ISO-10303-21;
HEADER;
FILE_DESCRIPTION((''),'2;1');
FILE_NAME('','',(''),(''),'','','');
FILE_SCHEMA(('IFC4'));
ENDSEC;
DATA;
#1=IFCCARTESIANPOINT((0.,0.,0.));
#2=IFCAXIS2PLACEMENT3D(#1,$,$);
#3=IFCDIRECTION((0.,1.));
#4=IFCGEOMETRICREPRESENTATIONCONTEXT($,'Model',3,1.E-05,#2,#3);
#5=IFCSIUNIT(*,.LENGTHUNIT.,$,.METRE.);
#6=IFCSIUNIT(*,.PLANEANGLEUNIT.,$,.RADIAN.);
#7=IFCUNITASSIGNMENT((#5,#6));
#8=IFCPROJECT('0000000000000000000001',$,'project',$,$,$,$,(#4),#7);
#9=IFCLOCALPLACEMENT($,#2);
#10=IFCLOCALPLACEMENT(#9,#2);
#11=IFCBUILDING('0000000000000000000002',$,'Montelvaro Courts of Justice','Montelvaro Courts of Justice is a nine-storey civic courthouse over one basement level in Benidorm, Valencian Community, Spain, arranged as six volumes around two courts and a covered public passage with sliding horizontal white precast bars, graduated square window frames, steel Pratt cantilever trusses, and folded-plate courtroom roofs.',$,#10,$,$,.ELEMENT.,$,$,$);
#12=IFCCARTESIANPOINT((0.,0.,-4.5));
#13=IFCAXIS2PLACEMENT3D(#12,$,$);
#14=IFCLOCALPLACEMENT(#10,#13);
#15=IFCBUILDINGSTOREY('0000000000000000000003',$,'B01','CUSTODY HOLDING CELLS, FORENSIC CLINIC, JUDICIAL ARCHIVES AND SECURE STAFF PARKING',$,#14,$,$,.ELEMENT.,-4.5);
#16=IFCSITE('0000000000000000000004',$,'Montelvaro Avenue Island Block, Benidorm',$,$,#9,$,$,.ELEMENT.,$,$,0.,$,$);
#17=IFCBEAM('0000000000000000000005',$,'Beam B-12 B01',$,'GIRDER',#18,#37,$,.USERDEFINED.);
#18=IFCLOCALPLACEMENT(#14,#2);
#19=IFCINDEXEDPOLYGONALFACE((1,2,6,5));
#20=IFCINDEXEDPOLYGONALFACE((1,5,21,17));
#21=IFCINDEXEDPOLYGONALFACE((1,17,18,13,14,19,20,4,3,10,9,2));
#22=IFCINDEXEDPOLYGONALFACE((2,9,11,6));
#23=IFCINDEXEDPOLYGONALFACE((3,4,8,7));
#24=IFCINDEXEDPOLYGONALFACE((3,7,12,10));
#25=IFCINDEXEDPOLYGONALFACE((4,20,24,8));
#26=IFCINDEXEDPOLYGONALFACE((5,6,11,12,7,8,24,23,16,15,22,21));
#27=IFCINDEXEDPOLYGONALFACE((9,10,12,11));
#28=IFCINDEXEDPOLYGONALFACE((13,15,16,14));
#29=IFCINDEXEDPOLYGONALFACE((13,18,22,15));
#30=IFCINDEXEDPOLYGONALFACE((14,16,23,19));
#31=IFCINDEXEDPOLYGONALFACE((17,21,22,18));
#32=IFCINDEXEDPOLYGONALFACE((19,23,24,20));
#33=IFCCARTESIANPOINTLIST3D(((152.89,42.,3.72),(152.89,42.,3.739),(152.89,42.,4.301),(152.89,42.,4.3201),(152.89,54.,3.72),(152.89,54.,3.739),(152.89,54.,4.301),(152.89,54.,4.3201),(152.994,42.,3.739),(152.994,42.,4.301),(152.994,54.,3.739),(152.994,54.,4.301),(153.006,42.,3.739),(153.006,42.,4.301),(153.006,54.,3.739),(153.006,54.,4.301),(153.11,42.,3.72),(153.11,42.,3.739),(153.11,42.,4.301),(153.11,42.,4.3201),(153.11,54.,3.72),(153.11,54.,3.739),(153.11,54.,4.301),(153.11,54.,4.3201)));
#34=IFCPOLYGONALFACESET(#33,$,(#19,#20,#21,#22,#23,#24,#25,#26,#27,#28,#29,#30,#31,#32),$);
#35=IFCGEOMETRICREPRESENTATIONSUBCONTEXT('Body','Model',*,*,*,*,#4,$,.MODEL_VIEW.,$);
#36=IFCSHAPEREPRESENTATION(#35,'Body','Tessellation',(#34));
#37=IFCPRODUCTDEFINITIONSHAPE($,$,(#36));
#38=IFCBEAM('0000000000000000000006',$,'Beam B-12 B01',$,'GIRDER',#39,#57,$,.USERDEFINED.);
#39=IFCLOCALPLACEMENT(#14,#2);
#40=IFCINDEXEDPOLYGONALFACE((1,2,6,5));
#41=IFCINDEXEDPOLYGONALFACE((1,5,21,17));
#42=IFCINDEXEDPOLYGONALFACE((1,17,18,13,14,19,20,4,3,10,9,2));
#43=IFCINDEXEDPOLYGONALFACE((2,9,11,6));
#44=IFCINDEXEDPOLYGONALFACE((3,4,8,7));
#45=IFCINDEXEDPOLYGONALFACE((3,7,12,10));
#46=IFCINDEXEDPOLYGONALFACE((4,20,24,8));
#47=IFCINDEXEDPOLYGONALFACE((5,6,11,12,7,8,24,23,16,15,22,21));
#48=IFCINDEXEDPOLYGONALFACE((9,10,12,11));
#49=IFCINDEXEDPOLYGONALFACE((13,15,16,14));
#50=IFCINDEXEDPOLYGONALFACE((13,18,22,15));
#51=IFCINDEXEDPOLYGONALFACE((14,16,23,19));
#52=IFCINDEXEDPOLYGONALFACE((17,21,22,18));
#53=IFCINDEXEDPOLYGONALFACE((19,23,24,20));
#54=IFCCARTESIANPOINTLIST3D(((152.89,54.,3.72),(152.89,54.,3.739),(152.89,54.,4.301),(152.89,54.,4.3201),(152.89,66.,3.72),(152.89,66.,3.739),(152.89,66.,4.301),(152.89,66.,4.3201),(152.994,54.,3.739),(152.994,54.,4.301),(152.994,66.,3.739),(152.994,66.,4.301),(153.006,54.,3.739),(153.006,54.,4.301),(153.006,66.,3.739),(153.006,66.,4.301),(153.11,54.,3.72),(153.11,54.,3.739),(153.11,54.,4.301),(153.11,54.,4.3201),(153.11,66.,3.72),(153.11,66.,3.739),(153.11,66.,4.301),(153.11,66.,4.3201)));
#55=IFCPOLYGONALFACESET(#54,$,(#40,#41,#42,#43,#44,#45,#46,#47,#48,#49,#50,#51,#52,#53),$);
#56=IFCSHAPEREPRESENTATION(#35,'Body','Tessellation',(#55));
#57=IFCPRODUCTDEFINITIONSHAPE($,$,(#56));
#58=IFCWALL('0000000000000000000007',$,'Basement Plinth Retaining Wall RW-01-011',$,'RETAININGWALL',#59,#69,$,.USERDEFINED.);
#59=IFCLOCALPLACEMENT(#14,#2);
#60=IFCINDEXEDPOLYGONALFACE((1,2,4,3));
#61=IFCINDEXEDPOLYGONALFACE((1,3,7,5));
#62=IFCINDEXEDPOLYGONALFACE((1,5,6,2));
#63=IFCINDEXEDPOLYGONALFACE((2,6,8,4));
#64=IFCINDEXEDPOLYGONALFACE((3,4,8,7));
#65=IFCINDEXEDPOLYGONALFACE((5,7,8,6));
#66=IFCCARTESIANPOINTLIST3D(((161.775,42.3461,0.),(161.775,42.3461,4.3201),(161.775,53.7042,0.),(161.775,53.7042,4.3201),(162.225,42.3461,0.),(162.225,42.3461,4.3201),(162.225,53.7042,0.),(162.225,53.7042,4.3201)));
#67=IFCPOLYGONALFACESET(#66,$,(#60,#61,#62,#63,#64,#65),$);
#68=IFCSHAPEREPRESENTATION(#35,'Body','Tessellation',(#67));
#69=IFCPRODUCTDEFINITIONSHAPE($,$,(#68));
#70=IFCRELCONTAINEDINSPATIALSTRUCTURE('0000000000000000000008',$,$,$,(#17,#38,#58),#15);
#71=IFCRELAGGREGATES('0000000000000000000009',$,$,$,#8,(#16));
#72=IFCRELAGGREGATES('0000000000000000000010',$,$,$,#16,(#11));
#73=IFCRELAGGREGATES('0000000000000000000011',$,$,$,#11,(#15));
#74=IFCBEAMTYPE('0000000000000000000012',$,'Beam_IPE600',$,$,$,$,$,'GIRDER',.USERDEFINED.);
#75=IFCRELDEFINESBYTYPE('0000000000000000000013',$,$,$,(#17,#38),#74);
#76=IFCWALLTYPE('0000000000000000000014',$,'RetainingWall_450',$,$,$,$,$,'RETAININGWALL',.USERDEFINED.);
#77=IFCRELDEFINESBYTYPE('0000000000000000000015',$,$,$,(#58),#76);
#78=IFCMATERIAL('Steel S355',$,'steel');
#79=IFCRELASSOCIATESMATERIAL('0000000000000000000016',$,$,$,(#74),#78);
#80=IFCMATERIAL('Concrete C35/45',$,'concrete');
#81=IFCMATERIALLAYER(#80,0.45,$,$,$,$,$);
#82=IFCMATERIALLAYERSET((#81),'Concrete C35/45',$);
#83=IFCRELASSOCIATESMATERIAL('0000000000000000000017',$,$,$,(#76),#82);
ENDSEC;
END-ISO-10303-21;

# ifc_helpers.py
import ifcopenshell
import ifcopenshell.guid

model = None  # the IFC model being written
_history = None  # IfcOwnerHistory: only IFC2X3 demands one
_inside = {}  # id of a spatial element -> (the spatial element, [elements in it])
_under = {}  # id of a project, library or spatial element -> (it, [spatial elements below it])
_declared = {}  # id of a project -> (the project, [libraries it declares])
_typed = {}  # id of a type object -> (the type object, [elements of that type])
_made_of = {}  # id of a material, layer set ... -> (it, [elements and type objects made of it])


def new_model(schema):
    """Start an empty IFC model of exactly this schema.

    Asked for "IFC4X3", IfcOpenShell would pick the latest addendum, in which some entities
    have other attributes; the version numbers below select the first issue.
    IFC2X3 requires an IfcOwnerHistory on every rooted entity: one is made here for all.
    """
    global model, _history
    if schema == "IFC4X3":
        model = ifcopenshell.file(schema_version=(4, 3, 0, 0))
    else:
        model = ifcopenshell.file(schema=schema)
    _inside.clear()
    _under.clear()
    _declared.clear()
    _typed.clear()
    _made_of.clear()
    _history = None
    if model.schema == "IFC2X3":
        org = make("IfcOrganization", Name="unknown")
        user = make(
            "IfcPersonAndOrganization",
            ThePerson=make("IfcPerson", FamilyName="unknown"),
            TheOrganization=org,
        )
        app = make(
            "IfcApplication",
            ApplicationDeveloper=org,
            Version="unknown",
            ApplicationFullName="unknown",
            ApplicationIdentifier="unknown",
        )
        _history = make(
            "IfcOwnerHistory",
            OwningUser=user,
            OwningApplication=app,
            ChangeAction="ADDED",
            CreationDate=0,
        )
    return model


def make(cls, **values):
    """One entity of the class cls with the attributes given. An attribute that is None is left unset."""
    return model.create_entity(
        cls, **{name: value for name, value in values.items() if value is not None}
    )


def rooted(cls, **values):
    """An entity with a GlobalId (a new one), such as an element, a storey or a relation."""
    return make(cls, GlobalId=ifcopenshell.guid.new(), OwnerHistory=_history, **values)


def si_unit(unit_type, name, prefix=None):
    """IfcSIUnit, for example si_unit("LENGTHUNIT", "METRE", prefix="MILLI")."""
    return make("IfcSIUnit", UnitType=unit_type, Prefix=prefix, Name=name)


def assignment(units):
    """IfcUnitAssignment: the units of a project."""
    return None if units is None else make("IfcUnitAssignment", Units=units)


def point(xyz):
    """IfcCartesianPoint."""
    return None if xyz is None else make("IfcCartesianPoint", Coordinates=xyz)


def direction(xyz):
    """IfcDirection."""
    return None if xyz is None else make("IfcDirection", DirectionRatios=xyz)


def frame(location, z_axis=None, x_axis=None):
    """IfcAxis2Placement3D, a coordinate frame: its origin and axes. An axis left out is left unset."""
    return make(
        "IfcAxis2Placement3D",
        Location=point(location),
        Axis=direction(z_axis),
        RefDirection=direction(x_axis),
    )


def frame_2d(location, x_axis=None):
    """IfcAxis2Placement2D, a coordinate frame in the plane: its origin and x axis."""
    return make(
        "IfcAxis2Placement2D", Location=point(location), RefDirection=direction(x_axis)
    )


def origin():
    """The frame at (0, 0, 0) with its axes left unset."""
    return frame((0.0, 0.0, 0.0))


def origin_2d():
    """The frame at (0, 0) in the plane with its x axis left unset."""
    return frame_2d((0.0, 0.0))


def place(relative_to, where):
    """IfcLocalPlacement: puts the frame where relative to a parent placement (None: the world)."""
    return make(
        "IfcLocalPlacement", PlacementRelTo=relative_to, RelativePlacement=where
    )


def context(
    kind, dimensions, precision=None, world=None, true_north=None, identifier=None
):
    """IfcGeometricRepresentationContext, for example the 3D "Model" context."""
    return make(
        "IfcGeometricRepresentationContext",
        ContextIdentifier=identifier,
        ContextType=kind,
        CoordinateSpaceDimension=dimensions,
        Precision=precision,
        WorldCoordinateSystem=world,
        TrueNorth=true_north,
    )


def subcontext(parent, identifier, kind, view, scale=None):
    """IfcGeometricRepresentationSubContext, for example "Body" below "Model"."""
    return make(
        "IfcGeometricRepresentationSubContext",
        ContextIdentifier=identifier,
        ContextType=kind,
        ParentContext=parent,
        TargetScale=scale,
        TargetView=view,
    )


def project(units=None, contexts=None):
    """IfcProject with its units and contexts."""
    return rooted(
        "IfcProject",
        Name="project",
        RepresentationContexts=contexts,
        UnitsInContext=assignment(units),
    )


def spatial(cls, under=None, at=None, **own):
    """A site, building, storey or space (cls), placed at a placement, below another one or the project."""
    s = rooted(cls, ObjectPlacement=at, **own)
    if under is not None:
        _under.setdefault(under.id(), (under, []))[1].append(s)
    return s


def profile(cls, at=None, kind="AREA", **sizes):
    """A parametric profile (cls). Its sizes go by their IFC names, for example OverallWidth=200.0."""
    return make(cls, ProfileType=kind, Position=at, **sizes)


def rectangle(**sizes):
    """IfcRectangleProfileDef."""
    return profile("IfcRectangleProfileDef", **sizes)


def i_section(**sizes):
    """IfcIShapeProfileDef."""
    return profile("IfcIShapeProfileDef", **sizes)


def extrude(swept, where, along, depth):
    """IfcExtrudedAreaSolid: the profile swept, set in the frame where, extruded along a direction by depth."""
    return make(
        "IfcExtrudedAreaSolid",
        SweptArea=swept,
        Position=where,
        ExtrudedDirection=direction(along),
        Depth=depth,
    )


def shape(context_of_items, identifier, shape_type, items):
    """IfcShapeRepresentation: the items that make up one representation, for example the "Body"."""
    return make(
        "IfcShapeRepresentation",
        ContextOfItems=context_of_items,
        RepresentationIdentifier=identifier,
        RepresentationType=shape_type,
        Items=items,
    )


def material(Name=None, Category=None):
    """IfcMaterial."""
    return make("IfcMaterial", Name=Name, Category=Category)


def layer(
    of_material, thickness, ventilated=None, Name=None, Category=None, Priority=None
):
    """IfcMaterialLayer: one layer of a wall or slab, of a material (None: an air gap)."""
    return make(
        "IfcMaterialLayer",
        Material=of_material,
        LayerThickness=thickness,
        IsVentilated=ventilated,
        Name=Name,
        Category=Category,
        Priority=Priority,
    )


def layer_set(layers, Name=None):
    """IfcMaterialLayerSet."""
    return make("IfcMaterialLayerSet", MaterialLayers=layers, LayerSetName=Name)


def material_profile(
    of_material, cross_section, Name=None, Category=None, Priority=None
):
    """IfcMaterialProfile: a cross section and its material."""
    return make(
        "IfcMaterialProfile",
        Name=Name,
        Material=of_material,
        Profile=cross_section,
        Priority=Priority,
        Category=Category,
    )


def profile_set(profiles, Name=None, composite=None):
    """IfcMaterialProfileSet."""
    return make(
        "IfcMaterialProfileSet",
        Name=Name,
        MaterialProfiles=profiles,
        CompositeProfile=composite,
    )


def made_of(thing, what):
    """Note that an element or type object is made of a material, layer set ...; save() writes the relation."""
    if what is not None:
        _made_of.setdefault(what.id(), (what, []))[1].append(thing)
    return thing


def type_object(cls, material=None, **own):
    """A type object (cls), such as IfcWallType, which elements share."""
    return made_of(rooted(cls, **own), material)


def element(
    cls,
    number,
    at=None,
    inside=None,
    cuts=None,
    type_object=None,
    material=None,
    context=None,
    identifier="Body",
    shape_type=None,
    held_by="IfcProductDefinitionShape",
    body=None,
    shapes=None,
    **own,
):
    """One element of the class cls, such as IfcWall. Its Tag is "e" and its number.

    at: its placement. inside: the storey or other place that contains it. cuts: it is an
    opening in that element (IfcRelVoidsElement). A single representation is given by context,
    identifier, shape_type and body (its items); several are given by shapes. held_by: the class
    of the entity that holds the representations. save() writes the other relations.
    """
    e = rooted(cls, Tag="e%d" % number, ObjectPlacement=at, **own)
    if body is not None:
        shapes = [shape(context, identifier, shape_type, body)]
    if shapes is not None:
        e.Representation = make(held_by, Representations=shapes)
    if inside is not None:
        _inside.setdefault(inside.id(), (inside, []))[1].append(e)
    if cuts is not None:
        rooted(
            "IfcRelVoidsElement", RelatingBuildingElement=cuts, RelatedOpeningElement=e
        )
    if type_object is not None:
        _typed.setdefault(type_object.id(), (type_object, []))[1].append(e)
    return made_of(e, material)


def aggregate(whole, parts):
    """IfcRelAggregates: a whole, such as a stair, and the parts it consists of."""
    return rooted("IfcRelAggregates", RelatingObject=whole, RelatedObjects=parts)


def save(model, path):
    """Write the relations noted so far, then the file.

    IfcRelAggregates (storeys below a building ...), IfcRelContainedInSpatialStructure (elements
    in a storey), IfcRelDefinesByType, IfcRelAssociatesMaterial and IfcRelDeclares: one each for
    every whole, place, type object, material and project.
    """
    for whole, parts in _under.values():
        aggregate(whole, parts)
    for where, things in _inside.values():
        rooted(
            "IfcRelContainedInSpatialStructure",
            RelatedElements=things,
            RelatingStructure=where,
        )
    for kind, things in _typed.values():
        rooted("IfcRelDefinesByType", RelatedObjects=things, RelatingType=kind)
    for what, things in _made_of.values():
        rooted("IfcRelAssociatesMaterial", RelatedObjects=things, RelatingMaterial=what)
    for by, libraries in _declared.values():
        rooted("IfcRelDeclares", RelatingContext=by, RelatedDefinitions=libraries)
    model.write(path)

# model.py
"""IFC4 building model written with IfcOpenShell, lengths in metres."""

from ifc_helpers import new_model, si_unit, direction, frame, frame_2d, origin, origin_2d, place, context, subcontext, project, spatial, rectangle, i_section, extrude, material, layer, layer_set, material_profile, profile_set, type_object, element, save


model = new_model("IFC4")

# Units and contexts
model_context = context("Model", 3, precision=1e-05, world=origin(), true_north=direction((0.0, 1.0)))
body_context = subcontext(model_context, "Body", "Model", "MODEL_VIEW")
ifc_project = project(units=[si_unit("LENGTHUNIT", "METRE"), si_unit("PLANEANGLEUNIT", "RADIAN")], contexts=[model_context])

# Site, building, storey
site_placement = place(None, origin())
site = spatial("IfcSite", under=ifc_project, at=site_placement, Name="Montelvaro Avenue Island Block, Benidorm", CompositionType="ELEMENT", RefElevation=0.0)
building_placement = place(site_placement, origin())
building = spatial("IfcBuilding", under=site, at=building_placement, Name="Montelvaro Courts of Justice", Description="Montelvaro Courts of Justice is a nine-storey civic courthouse over one basement level in Benidorm, Valencian Community, Spain, arranged as six volumes around two courts and a covered public passage with sliding horizontal white precast bars, graduated square window frames, steel Pratt cantilever trusses, and folded-plate courtroom roofs.", CompositionType="ELEMENT")
storey_placement = place(building_placement, frame((0.0, 0.0, -4.5)))
storey = spatial("IfcBuildingStorey", under=building, at=storey_placement, Name="B01", Description="CUSTODY HOLDING CELLS, FORENSIC CLINIC, JUDICIAL ARCHIVES AND SECURE STAFF PARKING", CompositionType="ELEMENT", Elevation=-4.5)

# Shared definitions
ifc_material_1 = material(Name="Concrete C35/45", Category="concrete")

# Beams
ifc_material_2 = material(Name="Steel S355", Category="steel")
ifc_material_profile_1 = material_profile(ifc_material_2, i_section(OverallWidth=0.22, OverallDepth=0.6001, WebThickness=0.012, FlangeThickness=0.019, at=origin_2d()), Name="IPE 600")
ifc_profile_set_1 = profile_set([ifc_material_profile_1], Name="Steel S355")
beam_type_1 = type_object("IfcBeamType", Name="Beam_IPE600", ElementType="GIRDER", PredefinedType="USERDEFINED", material=ifc_profile_set_1)
for number, where, z_axis, x_axis, name in (
    (1, (153.0, 42.0, 4.02), (0.0, 1.0, 0.0), (-1.0, 0.0, 0.0), "Beam B-12 B01"),
    (2, (153.0, 54.0, 4.02), (0.0, 1.0, 0.0), (-1.0, 0.0, 0.0), "Beam B-12 B01"),
):
    element("IfcBeam", number, at=place(storey_placement, frame(where, z_axis=z_axis, x_axis=x_axis)), inside=storey, type_object=beam_type_1, Name=name, ObjectType="GIRDER", PredefinedType="USERDEFINED", context=body_context, shape_type="SweptSolid", body=[
        extrude(i_section(OverallWidth=0.22, OverallDepth=0.6001, WebThickness=0.012, FlangeThickness=0.019, at=origin_2d()), origin(), (0.0, 0.0, 1.0), 12.0),
    ])

# Wall
ifc_layer = layer(ifc_material_1, 0.45)
ifc_layer_set = layer_set([ifc_layer], Name="Concrete C35/45")
wall_type = type_object("IfcWallType", Name="RetainingWall_450", ElementType="RETAININGWALL", PredefinedType="USERDEFINED", material=ifc_layer_set)
wall_placement = place(storey_placement, frame((162.0, 42.3459, 0.0), z_axis=(0.0, 0.0, 1.0), x_axis=(0.0, 1.0, 0.0)))
element("IfcWall", 3, at=wall_placement, inside=storey, type_object=wall_type, Name="Basement Plinth Retaining Wall RW-01-011", ObjectType="RETAININGWALL", PredefinedType="USERDEFINED", context=body_context, shape_type="SweptSolid", body=[
    extrude(rectangle(XDim=11.3582, YDim=0.45, at=frame_2d((5.6792, 0.0))), origin(), (0.0, 0.0, 1.0), 4.3201),
])

save(model, "model.ifc")
